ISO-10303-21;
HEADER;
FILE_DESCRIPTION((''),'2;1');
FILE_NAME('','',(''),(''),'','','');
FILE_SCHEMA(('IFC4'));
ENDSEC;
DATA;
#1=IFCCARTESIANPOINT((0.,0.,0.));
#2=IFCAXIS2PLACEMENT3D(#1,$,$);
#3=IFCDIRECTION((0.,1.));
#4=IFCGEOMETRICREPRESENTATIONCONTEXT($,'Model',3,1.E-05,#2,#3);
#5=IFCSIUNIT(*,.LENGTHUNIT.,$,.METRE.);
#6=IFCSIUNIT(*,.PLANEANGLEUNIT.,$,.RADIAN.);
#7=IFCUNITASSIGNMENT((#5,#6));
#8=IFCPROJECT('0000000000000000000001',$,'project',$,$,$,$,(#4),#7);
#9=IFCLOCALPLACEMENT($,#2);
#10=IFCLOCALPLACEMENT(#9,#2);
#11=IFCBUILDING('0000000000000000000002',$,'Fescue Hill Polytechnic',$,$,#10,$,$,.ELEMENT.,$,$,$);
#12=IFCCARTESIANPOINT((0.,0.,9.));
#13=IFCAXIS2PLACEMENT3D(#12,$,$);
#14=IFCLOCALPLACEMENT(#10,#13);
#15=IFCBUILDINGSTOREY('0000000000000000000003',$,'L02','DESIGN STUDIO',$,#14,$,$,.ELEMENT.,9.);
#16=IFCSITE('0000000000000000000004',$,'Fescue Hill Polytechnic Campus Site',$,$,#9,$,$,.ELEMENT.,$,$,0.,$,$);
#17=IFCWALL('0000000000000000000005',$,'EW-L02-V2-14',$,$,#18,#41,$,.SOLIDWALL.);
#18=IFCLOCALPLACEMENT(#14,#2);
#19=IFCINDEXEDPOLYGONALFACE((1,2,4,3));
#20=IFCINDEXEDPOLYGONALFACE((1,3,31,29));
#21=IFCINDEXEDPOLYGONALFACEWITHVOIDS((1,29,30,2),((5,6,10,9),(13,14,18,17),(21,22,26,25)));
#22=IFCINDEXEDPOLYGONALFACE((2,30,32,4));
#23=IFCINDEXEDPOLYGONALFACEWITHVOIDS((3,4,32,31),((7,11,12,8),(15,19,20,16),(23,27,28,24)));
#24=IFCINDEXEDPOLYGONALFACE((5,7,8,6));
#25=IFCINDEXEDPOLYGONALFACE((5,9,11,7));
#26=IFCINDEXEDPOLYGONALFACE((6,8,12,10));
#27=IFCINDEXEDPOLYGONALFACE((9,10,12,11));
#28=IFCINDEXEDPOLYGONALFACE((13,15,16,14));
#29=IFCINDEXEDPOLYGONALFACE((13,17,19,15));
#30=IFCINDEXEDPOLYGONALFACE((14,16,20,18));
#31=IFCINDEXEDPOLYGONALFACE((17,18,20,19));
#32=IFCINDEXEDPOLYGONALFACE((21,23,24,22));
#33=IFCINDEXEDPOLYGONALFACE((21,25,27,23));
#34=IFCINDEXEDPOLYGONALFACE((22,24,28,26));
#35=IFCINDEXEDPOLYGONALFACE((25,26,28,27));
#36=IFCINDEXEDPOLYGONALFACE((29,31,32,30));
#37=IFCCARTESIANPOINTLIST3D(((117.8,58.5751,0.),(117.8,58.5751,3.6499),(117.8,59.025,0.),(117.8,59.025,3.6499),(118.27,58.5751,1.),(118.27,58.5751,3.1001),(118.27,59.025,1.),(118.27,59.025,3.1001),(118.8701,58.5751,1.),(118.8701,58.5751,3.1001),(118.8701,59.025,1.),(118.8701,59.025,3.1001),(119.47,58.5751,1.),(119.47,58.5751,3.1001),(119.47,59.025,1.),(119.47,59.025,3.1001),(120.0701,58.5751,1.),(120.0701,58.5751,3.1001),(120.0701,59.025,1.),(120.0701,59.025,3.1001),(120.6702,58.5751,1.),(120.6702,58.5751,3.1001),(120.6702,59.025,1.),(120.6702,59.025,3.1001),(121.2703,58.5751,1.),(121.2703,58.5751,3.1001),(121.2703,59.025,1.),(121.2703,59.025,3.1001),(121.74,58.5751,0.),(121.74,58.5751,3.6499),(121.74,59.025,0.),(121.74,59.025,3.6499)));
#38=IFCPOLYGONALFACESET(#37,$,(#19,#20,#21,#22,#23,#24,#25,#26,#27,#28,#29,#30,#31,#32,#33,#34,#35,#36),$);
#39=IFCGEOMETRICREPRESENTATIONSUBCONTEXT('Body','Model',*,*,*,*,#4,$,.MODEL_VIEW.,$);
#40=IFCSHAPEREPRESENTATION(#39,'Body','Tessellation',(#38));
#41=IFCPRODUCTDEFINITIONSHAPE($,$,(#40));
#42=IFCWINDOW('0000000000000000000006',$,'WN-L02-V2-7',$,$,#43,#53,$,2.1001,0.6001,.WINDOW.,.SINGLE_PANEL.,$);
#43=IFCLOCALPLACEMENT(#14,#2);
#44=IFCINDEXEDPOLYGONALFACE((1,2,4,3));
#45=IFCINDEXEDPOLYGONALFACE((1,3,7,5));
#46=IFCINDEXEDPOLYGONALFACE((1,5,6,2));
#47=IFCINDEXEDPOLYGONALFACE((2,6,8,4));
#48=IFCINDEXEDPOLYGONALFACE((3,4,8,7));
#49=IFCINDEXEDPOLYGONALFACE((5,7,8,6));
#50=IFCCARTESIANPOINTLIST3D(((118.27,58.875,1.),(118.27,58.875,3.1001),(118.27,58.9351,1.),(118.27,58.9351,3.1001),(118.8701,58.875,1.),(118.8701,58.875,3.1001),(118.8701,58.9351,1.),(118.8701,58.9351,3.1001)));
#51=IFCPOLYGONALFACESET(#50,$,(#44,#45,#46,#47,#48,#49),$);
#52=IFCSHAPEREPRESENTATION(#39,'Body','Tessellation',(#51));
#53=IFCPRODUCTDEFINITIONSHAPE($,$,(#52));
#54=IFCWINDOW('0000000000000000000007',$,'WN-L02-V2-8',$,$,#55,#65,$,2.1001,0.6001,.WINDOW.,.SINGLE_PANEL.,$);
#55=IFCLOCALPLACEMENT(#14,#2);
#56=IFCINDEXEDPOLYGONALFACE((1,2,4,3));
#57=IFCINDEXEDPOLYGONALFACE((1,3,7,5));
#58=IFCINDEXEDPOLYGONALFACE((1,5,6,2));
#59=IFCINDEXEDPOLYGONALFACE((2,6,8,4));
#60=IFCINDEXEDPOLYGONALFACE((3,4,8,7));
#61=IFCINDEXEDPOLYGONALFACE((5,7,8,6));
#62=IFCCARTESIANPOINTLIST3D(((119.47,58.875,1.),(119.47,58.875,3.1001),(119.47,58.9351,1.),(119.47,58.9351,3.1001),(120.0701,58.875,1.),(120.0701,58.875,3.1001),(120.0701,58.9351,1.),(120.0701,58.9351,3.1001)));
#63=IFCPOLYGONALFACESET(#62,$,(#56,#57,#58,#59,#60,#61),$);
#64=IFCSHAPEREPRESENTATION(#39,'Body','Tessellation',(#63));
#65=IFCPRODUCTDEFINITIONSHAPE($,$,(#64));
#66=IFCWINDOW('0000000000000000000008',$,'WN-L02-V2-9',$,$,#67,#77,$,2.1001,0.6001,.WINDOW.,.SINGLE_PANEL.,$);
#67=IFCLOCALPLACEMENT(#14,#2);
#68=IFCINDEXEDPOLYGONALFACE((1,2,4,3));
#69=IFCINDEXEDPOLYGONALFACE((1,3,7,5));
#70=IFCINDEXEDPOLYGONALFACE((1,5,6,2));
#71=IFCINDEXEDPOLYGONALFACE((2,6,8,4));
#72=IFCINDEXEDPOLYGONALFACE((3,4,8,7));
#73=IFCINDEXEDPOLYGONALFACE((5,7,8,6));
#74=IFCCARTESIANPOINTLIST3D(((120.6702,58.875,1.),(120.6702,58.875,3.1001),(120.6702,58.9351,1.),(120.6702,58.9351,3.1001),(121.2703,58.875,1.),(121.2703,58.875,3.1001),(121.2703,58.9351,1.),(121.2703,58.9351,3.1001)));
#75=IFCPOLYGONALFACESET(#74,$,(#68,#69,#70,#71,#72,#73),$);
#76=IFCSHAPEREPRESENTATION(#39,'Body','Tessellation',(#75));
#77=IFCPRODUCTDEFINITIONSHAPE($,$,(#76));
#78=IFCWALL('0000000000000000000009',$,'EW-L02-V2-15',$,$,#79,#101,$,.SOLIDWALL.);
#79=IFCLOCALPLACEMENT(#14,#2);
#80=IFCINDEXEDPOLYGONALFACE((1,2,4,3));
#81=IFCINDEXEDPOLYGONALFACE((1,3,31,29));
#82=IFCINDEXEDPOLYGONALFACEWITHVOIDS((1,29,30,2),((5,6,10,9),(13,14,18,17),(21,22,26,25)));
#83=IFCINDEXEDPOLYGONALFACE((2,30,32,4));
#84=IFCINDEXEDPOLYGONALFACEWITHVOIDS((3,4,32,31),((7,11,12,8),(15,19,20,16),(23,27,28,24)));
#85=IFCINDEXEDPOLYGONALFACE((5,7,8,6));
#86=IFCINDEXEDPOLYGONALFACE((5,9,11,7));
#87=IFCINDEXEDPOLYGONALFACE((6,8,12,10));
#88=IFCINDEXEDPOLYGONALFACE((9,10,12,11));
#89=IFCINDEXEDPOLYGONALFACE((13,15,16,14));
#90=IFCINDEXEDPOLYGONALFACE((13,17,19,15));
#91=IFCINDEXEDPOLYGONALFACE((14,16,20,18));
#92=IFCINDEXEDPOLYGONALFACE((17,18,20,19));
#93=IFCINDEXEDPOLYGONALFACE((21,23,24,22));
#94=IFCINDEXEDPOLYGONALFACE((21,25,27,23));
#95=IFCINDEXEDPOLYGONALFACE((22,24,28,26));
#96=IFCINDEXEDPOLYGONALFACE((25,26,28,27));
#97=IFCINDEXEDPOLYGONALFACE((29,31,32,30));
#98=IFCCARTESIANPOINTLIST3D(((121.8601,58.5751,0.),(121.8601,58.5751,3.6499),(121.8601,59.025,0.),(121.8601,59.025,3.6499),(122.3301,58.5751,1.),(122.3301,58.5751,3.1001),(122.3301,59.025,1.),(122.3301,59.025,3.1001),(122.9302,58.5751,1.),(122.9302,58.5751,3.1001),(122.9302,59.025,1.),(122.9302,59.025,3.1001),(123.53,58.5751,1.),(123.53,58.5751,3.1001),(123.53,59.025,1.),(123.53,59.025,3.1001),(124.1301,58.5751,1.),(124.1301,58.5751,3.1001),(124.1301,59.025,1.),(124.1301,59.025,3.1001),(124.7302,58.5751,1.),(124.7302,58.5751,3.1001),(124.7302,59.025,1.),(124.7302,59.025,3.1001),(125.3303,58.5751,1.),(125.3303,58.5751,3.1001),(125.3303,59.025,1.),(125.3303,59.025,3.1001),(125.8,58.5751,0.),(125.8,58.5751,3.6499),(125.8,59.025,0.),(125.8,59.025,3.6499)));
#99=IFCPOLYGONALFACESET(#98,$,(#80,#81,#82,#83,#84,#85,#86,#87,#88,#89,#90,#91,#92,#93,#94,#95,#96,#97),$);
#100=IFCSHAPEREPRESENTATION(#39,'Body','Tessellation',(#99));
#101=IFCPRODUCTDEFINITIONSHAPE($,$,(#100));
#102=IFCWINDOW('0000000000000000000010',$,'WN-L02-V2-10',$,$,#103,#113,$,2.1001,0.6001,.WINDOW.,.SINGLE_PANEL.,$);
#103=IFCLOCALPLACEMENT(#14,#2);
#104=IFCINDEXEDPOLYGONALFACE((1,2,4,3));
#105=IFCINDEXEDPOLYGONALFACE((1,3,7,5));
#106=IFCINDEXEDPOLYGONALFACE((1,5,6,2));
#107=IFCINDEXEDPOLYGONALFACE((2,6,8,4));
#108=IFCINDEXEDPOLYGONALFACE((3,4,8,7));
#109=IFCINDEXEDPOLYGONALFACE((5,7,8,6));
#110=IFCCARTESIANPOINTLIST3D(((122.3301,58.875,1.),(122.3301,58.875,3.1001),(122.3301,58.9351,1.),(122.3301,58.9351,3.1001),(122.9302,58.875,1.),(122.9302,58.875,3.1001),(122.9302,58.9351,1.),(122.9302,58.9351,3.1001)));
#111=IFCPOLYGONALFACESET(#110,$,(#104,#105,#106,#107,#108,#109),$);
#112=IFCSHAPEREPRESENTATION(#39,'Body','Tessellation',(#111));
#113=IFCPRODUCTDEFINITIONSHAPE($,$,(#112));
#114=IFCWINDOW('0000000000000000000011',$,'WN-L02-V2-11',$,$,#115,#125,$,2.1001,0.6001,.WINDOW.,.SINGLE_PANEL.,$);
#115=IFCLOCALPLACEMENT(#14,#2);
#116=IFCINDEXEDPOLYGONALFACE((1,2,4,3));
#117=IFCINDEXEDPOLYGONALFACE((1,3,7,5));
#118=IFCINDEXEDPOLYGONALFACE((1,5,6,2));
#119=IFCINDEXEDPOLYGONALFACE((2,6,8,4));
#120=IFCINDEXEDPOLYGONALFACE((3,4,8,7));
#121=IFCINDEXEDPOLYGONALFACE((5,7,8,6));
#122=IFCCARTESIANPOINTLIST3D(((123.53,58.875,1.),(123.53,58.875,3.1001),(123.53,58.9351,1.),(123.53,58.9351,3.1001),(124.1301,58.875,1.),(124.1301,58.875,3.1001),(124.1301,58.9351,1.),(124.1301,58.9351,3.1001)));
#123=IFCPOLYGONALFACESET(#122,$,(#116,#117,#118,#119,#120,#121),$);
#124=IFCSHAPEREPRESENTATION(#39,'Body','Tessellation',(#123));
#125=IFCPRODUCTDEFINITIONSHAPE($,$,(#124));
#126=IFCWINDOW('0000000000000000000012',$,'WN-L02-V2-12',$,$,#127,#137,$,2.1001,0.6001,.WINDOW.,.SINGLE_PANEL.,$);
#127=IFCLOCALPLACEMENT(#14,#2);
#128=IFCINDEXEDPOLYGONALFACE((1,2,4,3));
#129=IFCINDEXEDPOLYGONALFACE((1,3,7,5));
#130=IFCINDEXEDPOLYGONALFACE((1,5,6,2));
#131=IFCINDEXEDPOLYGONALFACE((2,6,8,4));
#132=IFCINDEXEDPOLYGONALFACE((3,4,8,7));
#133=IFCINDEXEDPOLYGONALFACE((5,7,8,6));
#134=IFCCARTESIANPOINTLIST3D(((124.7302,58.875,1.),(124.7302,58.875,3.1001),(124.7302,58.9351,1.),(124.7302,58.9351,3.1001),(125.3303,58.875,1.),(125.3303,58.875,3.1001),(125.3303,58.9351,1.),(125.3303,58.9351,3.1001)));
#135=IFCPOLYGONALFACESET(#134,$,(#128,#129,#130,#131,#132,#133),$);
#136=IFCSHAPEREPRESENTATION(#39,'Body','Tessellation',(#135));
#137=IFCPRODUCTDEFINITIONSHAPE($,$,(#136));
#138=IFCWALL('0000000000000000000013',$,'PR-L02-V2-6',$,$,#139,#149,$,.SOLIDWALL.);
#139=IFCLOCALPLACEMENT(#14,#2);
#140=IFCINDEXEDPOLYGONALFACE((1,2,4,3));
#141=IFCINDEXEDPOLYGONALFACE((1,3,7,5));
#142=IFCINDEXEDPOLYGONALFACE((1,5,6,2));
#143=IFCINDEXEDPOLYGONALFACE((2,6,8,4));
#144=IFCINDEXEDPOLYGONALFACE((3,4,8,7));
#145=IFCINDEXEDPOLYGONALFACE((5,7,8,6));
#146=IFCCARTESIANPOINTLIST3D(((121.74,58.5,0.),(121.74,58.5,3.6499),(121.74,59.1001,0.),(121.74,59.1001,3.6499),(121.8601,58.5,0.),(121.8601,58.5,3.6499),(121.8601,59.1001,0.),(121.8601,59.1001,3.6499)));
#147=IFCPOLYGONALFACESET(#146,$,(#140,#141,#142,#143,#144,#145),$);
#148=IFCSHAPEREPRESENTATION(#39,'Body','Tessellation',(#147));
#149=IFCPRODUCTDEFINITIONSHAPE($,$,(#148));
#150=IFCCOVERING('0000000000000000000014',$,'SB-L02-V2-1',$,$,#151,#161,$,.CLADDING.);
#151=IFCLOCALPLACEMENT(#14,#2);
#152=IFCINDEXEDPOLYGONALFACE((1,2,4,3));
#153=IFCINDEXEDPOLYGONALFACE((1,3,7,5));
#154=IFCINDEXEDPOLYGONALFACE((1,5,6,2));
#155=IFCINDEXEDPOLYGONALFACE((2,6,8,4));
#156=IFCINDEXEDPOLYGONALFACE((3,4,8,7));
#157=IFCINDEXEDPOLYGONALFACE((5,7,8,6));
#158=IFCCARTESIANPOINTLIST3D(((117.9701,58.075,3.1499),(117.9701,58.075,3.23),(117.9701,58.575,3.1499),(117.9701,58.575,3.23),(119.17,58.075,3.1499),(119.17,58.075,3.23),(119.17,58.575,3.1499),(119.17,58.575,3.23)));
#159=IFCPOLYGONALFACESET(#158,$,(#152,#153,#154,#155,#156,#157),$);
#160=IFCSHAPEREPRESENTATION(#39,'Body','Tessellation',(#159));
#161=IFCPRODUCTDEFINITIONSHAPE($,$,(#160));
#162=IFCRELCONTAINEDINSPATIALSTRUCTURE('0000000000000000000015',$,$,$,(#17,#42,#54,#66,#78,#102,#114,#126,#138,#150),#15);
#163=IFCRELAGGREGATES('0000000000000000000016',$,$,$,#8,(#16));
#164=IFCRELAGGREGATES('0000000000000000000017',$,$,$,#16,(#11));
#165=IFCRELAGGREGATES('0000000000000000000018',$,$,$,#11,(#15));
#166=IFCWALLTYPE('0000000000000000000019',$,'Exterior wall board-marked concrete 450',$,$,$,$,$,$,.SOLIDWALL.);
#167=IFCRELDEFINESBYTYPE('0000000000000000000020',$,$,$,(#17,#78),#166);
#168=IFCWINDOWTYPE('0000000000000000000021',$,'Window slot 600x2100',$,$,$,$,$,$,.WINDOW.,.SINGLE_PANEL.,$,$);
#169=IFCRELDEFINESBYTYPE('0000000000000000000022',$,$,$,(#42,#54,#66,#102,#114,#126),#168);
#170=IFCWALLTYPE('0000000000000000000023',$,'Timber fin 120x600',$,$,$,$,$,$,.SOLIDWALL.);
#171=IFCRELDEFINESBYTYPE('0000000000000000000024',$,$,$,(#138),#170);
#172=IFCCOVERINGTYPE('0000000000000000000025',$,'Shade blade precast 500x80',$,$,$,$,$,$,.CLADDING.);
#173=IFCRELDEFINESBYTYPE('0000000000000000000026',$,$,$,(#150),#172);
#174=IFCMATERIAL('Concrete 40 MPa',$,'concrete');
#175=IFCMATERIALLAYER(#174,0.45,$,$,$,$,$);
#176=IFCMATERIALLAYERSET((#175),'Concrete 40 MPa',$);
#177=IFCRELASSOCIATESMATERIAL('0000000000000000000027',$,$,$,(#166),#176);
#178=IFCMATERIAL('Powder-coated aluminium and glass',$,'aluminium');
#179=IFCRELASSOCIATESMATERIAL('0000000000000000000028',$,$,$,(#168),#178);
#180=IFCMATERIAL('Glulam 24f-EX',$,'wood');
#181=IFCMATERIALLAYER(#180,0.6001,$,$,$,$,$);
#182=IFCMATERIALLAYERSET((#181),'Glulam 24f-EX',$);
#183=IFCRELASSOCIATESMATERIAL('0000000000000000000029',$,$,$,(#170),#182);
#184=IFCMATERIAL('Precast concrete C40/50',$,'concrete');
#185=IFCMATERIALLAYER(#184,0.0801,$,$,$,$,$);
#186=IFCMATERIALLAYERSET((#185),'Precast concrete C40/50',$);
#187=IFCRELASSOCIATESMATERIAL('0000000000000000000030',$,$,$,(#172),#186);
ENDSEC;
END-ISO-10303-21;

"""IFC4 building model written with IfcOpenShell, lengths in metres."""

from ifc_helpers import new_model, si_unit, direction, frame, frame_2d, origin, origin_2d, place, context, subcontext, project, spatial, rectangle, extrude, material, layer, layer_set, type_object, element, fill, save


model = new_model("IFC4")

# Units and contexts
model_context = context("Model", 3, precision=1e-05, world=origin(), true_north=direction((0.0, 1.0)))
body_context = subcontext(model_context, "Body", "Model", "MODEL_VIEW")
ifc_project = project(units=[si_unit("LENGTHUNIT", "METRE"), si_unit("PLANEANGLEUNIT", "RADIAN")], contexts=[model_context])

# Site, building, storey
site_placement = place(None, origin())
site = spatial("IfcSite", under=ifc_project, at=site_placement, Name="Fescue Hill Polytechnic Campus Site", CompositionType="ELEMENT", RefElevation=0.0)
building_placement = place(site_placement, origin())
building = spatial("IfcBuilding", under=site, at=building_placement, Name="Fescue Hill Polytechnic", CompositionType="ELEMENT")
storey_placement = place(building_placement, frame((0.0, 0.0, 9.0)))
storey = spatial("IfcBuildingStorey", under=building, at=storey_placement, Name="L02", Description="DESIGN STUDIO", CompositionType="ELEMENT", Elevation=9.0)

# Shared definitions
ifc_material_1 = material(Name="Concrete 40 MPa", Category="concrete")

# Walls, openings, windows
ifc_layer_1 = layer(ifc_material_1, 0.45)
ifc_layer_set_1 = layer_set([ifc_layer_1], Name="Concrete 40 MPa")
wall_type_1 = type_object("IfcWallType", Name="Exterior wall board-marked concrete 450", PredefinedType="SOLIDWALL", material=ifc_layer_set_1)
wall_1_placement = place(storey_placement, frame((117.8, 58.8, 0.0), z_axis=(0.0, 0.0, 1.0), x_axis=(1.0, 0.0, 0.0)))
wall_1 = element("IfcWall", 1, at=wall_1_placement, inside=storey, type_object=wall_type_1, Name="EW-L02-V2-14", PredefinedType="SOLIDWALL", context=body_context, shape_type="SweptSolid", body=[
    extrude(rectangle(XDim=3.9399, YDim=0.45, at=frame_2d((1.97, 0.0))), origin(), (0.0, 0.0, 1.0), 3.6499),
])
opening_1_placement = place(wall_1_placement, frame((0.47, 0.0, 1.0)))
opening_1 = element("IfcOpeningElement", 2, at=opening_1_placement, cuts=wall_1, PredefinedType="OPENING", context=body_context, shape_type="SweptSolid", body=[
    extrude(rectangle(XDim=0.6001, YDim=2.1001, at=frame_2d((0.3, 1.05))), frame((0.0, 0.2349, 0.0), z_axis=(0.0, -1.0, 0.0), x_axis=(1.0, 0.0, 0.0)), (0.0, 0.0, 1.0), 0.47),
])
opening_2_placement = place(wall_1_placement, frame((1.6699, 0.0, 1.0)))
opening_2 = element("IfcOpeningElement", 3, at=opening_2_placement, cuts=wall_1, PredefinedType="OPENING", context=body_context, shape_type="SweptSolid", body=[
    extrude(rectangle(XDim=0.6001, YDim=2.1001, at=frame_2d((0.3, 1.05))), frame((0.0, 0.2349, 0.0), z_axis=(0.0, -1.0, 0.0), x_axis=(1.0, 0.0, 0.0)), (0.0, 0.0, 1.0), 0.47),
])
opening_3_placement = place(wall_1_placement, frame((2.8701, 0.0, 1.0)))
opening_3 = element("IfcOpeningElement", 4, at=opening_3_placement, cuts=wall_1, PredefinedType="OPENING", context=body_context, shape_type="SweptSolid", body=[
    extrude(rectangle(XDim=0.6001, YDim=2.1001, at=frame_2d((0.3, 1.05))), frame((0.0, 0.2349, 0.0), z_axis=(0.0, -1.0, 0.0), x_axis=(1.0, 0.0, 0.0)), (0.0, 0.0, 1.0), 0.47),
])
ifc_material_2 = material(Name="Powder-coated aluminium and glass", Category="aluminium")
window_type = type_object("IfcWindowType", Name="Window slot 600x2100", PartitioningType="SINGLE_PANEL", PredefinedType="WINDOW", material=ifc_material_2)
window_1_placement = place(opening_1_placement, origin())
window_1 = element("IfcWindow", 5, at=window_1_placement, inside=storey, type_object=window_type, Name="WN-L02-V2-7", OverallHeight=2.1001, OverallWidth=0.6001, PartitioningType="SINGLE_PANEL", PredefinedType="WINDOW", context=body_context, shape_type="SweptSolid", body=[
    extrude(rectangle(XDim=0.6001, YDim=2.1001, at=frame_2d((0.3, 1.05))), frame((0.0, 0.135, 0.0), z_axis=(0.0, -1.0, 0.0), x_axis=(1.0, 0.0, 0.0)), (0.0, 0.0, 1.0), 0.0601),
])
fill(opening_1, window_1)
window_2_placement = place(opening_2_placement, origin())
window_2 = element("IfcWindow", 6, at=window_2_placement, inside=storey, type_object=window_type, Name="WN-L02-V2-8", OverallHeight=2.1001, OverallWidth=0.6001, PartitioningType="SINGLE_PANEL", PredefinedType="WINDOW", context=body_context, shape_type="SweptSolid", body=[
    extrude(rectangle(XDim=0.6001, YDim=2.1001, at=frame_2d((0.3, 1.05))), frame((0.0, 0.135, 0.0), z_axis=(0.0, -1.0, 0.0), x_axis=(1.0, 0.0, 0.0)), (0.0, 0.0, 1.0), 0.0601),
])
fill(opening_2, window_2)
window_3_placement = place(opening_3_placement, origin())
window_3 = element("IfcWindow", 7, at=window_3_placement, inside=storey, type_object=window_type, Name="WN-L02-V2-9", OverallHeight=2.1001, OverallWidth=0.6001, PartitioningType="SINGLE_PANEL", PredefinedType="WINDOW", context=body_context, shape_type="SweptSolid", body=[
    extrude(rectangle(XDim=0.6001, YDim=2.1001, at=frame_2d((0.3, 1.05))), frame((0.0, 0.135, 0.0), z_axis=(0.0, -1.0, 0.0), x_axis=(1.0, 0.0, 0.0)), (0.0, 0.0, 1.0), 0.0601),
])
fill(opening_3, window_3)
wall_2_placement = place(storey_placement, frame((121.8601, 58.8, 0.0), z_axis=(0.0, 0.0, 1.0), x_axis=(1.0, 0.0, 0.0)))
wall_2 = element("IfcWall", 8, at=wall_2_placement, inside=storey, type_object=wall_type_1, Name="EW-L02-V2-15", PredefinedType="SOLIDWALL", context=body_context, shape_type="SweptSolid", body=[
    extrude(rectangle(XDim=3.9399, YDim=0.45, at=frame_2d((1.97, 0.0))), origin(), (0.0, 0.0, 1.0), 3.6499),
])
opening_4_placement = place(wall_2_placement, frame((0.47, 0.0, 1.0)))
opening_4 = element("IfcOpeningElement", 9, at=opening_4_placement, cuts=wall_2, PredefinedType="OPENING", context=body_context, shape_type="SweptSolid", body=[
    extrude(rectangle(XDim=0.6001, YDim=2.1001, at=frame_2d((0.3, 1.05))), frame((0.0, 0.2349, 0.0), z_axis=(0.0, -1.0, 0.0), x_axis=(1.0, 0.0, 0.0)), (0.0, 0.0, 1.0), 0.47),
])
opening_5_placement = place(wall_2_placement, frame((1.6699, 0.0, 1.0)))
opening_5 = element("IfcOpeningElement", 10, at=opening_5_placement, cuts=wall_2, PredefinedType="OPENING", context=body_context, shape_type="SweptSolid", body=[
    extrude(rectangle(XDim=0.6001, YDim=2.1001, at=frame_2d((0.3, 1.05))), frame((0.0, 0.2349, 0.0), z_axis=(0.0, -1.0, 0.0), x_axis=(1.0, 0.0, 0.0)), (0.0, 0.0, 1.0), 0.47),
])
opening_6_placement = place(wall_2_placement, frame((2.8701, 0.0, 1.0)))
opening_6 = element("IfcOpeningElement", 11, at=opening_6_placement, cuts=wall_2, PredefinedType="OPENING", context=body_context, shape_type="SweptSolid", body=[
    extrude(rectangle(XDim=0.6001, YDim=2.1001, at=frame_2d((0.3, 1.05))), frame((0.0, 0.2349, 0.0), z_axis=(0.0, -1.0, 0.0), x_axis=(1.0, 0.0, 0.0)), (0.0, 0.0, 1.0), 0.47),
])
window_4_placement = place(opening_4_placement, origin())
window_4 = element("IfcWindow", 12, at=window_4_placement, inside=storey, type_object=window_type, Name="WN-L02-V2-10", OverallHeight=2.1001, OverallWidth=0.6001, PartitioningType="SINGLE_PANEL", PredefinedType="WINDOW", context=body_context, shape_type="SweptSolid", body=[
    extrude(rectangle(XDim=0.6001, YDim=2.1001, at=frame_2d((0.3, 1.05))), frame((0.0, 0.135, 0.0), z_axis=(0.0, -1.0, 0.0), x_axis=(1.0, 0.0, 0.0)), (0.0, 0.0, 1.0), 0.0601),
])
fill(opening_4, window_4)
window_5_placement = place(opening_5_placement, origin())
window_5 = element("IfcWindow", 13, at=window_5_placement, inside=storey, type_object=window_type, Name="WN-L02-V2-11", OverallHeight=2.1001, OverallWidth=0.6001, PartitioningType="SINGLE_PANEL", PredefinedType="WINDOW", context=body_context, shape_type="SweptSolid", body=[
    extrude(rectangle(XDim=0.6001, YDim=2.1001, at=frame_2d((0.3, 1.05))), frame((0.0, 0.135, 0.0), z_axis=(0.0, -1.0, 0.0), x_axis=(1.0, 0.0, 0.0)), (0.0, 0.0, 1.0), 0.0601),
])
fill(opening_5, window_5)
window_6_placement = place(opening_6_placement, origin())
window_6 = element("IfcWindow", 14, at=window_6_placement, inside=storey, type_object=window_type, Name="WN-L02-V2-12", OverallHeight=2.1001, OverallWidth=0.6001, PartitioningType="SINGLE_PANEL", PredefinedType="WINDOW", context=body_context, shape_type="SweptSolid", body=[
    extrude(rectangle(XDim=0.6001, YDim=2.1001, at=frame_2d((0.3, 1.05))), frame((0.0, 0.135, 0.0), z_axis=(0.0, -1.0, 0.0), x_axis=(1.0, 0.0, 0.0)), (0.0, 0.0, 1.0), 0.0601),
])
fill(opening_6, window_6)

# Wall
ifc_material_3 = material(Name="Glulam 24f-EX", Category="wood")
ifc_layer_2 = layer(ifc_material_3, 0.6001)
ifc_layer_set_2 = layer_set([ifc_layer_2], Name="Glulam 24f-EX")
wall_type_2 = type_object("IfcWallType", Name="Timber fin 120x600", PredefinedType="SOLIDWALL", material=ifc_layer_set_2)
wall_3_placement = place(storey_placement, frame((121.74, 58.8, 0.0), z_axis=(0.0, 0.0, 1.0), x_axis=(1.0, 0.0, 0.0)))
element("IfcWall", 15, at=wall_3_placement, inside=storey, type_object=wall_type_2, Name="PR-L02-V2-6", PredefinedType="SOLIDWALL", context=body_context, shape_type="SweptSolid", body=[
    extrude(rectangle(XDim=0.1201, YDim=0.6001, at=frame_2d((0.0601, 0.0))), origin(), (0.0, 0.0, 1.0), 3.6499),
])

# Covering
ifc_material_4 = material(Name="Precast concrete C40/50", Category="concrete")
ifc_layer_3 = layer(ifc_material_4, 0.0801)
ifc_layer_set_3 = layer_set([ifc_layer_3], Name="Precast concrete C40/50")
covering_type = type_object("IfcCoveringType", Name="Shade blade precast 500x80", PredefinedType="CLADDING", material=ifc_layer_set_3)
for number, where, z_axis, x_axis, name in (
    (16, (118.5701, 58.325, 3.1499), (0.0, 0.0, 1.0), (1.0, 0.0, 0.0), "SB-L02-V2-1"),
):
    element("IfcCovering", number, at=place(storey_placement, frame(where, z_axis=z_axis, x_axis=x_axis)), inside=storey, type_object=covering_type, Name=name, PredefinedType="CLADDING", context=body_context, shape_type="SweptSolid", body=[
        extrude(rectangle(XDim=1.2, YDim=0.5, at=origin_2d()), origin(), (0.0, 0.0, 1.0), 0.0801),
    ])

save(model, "model.ifc")
